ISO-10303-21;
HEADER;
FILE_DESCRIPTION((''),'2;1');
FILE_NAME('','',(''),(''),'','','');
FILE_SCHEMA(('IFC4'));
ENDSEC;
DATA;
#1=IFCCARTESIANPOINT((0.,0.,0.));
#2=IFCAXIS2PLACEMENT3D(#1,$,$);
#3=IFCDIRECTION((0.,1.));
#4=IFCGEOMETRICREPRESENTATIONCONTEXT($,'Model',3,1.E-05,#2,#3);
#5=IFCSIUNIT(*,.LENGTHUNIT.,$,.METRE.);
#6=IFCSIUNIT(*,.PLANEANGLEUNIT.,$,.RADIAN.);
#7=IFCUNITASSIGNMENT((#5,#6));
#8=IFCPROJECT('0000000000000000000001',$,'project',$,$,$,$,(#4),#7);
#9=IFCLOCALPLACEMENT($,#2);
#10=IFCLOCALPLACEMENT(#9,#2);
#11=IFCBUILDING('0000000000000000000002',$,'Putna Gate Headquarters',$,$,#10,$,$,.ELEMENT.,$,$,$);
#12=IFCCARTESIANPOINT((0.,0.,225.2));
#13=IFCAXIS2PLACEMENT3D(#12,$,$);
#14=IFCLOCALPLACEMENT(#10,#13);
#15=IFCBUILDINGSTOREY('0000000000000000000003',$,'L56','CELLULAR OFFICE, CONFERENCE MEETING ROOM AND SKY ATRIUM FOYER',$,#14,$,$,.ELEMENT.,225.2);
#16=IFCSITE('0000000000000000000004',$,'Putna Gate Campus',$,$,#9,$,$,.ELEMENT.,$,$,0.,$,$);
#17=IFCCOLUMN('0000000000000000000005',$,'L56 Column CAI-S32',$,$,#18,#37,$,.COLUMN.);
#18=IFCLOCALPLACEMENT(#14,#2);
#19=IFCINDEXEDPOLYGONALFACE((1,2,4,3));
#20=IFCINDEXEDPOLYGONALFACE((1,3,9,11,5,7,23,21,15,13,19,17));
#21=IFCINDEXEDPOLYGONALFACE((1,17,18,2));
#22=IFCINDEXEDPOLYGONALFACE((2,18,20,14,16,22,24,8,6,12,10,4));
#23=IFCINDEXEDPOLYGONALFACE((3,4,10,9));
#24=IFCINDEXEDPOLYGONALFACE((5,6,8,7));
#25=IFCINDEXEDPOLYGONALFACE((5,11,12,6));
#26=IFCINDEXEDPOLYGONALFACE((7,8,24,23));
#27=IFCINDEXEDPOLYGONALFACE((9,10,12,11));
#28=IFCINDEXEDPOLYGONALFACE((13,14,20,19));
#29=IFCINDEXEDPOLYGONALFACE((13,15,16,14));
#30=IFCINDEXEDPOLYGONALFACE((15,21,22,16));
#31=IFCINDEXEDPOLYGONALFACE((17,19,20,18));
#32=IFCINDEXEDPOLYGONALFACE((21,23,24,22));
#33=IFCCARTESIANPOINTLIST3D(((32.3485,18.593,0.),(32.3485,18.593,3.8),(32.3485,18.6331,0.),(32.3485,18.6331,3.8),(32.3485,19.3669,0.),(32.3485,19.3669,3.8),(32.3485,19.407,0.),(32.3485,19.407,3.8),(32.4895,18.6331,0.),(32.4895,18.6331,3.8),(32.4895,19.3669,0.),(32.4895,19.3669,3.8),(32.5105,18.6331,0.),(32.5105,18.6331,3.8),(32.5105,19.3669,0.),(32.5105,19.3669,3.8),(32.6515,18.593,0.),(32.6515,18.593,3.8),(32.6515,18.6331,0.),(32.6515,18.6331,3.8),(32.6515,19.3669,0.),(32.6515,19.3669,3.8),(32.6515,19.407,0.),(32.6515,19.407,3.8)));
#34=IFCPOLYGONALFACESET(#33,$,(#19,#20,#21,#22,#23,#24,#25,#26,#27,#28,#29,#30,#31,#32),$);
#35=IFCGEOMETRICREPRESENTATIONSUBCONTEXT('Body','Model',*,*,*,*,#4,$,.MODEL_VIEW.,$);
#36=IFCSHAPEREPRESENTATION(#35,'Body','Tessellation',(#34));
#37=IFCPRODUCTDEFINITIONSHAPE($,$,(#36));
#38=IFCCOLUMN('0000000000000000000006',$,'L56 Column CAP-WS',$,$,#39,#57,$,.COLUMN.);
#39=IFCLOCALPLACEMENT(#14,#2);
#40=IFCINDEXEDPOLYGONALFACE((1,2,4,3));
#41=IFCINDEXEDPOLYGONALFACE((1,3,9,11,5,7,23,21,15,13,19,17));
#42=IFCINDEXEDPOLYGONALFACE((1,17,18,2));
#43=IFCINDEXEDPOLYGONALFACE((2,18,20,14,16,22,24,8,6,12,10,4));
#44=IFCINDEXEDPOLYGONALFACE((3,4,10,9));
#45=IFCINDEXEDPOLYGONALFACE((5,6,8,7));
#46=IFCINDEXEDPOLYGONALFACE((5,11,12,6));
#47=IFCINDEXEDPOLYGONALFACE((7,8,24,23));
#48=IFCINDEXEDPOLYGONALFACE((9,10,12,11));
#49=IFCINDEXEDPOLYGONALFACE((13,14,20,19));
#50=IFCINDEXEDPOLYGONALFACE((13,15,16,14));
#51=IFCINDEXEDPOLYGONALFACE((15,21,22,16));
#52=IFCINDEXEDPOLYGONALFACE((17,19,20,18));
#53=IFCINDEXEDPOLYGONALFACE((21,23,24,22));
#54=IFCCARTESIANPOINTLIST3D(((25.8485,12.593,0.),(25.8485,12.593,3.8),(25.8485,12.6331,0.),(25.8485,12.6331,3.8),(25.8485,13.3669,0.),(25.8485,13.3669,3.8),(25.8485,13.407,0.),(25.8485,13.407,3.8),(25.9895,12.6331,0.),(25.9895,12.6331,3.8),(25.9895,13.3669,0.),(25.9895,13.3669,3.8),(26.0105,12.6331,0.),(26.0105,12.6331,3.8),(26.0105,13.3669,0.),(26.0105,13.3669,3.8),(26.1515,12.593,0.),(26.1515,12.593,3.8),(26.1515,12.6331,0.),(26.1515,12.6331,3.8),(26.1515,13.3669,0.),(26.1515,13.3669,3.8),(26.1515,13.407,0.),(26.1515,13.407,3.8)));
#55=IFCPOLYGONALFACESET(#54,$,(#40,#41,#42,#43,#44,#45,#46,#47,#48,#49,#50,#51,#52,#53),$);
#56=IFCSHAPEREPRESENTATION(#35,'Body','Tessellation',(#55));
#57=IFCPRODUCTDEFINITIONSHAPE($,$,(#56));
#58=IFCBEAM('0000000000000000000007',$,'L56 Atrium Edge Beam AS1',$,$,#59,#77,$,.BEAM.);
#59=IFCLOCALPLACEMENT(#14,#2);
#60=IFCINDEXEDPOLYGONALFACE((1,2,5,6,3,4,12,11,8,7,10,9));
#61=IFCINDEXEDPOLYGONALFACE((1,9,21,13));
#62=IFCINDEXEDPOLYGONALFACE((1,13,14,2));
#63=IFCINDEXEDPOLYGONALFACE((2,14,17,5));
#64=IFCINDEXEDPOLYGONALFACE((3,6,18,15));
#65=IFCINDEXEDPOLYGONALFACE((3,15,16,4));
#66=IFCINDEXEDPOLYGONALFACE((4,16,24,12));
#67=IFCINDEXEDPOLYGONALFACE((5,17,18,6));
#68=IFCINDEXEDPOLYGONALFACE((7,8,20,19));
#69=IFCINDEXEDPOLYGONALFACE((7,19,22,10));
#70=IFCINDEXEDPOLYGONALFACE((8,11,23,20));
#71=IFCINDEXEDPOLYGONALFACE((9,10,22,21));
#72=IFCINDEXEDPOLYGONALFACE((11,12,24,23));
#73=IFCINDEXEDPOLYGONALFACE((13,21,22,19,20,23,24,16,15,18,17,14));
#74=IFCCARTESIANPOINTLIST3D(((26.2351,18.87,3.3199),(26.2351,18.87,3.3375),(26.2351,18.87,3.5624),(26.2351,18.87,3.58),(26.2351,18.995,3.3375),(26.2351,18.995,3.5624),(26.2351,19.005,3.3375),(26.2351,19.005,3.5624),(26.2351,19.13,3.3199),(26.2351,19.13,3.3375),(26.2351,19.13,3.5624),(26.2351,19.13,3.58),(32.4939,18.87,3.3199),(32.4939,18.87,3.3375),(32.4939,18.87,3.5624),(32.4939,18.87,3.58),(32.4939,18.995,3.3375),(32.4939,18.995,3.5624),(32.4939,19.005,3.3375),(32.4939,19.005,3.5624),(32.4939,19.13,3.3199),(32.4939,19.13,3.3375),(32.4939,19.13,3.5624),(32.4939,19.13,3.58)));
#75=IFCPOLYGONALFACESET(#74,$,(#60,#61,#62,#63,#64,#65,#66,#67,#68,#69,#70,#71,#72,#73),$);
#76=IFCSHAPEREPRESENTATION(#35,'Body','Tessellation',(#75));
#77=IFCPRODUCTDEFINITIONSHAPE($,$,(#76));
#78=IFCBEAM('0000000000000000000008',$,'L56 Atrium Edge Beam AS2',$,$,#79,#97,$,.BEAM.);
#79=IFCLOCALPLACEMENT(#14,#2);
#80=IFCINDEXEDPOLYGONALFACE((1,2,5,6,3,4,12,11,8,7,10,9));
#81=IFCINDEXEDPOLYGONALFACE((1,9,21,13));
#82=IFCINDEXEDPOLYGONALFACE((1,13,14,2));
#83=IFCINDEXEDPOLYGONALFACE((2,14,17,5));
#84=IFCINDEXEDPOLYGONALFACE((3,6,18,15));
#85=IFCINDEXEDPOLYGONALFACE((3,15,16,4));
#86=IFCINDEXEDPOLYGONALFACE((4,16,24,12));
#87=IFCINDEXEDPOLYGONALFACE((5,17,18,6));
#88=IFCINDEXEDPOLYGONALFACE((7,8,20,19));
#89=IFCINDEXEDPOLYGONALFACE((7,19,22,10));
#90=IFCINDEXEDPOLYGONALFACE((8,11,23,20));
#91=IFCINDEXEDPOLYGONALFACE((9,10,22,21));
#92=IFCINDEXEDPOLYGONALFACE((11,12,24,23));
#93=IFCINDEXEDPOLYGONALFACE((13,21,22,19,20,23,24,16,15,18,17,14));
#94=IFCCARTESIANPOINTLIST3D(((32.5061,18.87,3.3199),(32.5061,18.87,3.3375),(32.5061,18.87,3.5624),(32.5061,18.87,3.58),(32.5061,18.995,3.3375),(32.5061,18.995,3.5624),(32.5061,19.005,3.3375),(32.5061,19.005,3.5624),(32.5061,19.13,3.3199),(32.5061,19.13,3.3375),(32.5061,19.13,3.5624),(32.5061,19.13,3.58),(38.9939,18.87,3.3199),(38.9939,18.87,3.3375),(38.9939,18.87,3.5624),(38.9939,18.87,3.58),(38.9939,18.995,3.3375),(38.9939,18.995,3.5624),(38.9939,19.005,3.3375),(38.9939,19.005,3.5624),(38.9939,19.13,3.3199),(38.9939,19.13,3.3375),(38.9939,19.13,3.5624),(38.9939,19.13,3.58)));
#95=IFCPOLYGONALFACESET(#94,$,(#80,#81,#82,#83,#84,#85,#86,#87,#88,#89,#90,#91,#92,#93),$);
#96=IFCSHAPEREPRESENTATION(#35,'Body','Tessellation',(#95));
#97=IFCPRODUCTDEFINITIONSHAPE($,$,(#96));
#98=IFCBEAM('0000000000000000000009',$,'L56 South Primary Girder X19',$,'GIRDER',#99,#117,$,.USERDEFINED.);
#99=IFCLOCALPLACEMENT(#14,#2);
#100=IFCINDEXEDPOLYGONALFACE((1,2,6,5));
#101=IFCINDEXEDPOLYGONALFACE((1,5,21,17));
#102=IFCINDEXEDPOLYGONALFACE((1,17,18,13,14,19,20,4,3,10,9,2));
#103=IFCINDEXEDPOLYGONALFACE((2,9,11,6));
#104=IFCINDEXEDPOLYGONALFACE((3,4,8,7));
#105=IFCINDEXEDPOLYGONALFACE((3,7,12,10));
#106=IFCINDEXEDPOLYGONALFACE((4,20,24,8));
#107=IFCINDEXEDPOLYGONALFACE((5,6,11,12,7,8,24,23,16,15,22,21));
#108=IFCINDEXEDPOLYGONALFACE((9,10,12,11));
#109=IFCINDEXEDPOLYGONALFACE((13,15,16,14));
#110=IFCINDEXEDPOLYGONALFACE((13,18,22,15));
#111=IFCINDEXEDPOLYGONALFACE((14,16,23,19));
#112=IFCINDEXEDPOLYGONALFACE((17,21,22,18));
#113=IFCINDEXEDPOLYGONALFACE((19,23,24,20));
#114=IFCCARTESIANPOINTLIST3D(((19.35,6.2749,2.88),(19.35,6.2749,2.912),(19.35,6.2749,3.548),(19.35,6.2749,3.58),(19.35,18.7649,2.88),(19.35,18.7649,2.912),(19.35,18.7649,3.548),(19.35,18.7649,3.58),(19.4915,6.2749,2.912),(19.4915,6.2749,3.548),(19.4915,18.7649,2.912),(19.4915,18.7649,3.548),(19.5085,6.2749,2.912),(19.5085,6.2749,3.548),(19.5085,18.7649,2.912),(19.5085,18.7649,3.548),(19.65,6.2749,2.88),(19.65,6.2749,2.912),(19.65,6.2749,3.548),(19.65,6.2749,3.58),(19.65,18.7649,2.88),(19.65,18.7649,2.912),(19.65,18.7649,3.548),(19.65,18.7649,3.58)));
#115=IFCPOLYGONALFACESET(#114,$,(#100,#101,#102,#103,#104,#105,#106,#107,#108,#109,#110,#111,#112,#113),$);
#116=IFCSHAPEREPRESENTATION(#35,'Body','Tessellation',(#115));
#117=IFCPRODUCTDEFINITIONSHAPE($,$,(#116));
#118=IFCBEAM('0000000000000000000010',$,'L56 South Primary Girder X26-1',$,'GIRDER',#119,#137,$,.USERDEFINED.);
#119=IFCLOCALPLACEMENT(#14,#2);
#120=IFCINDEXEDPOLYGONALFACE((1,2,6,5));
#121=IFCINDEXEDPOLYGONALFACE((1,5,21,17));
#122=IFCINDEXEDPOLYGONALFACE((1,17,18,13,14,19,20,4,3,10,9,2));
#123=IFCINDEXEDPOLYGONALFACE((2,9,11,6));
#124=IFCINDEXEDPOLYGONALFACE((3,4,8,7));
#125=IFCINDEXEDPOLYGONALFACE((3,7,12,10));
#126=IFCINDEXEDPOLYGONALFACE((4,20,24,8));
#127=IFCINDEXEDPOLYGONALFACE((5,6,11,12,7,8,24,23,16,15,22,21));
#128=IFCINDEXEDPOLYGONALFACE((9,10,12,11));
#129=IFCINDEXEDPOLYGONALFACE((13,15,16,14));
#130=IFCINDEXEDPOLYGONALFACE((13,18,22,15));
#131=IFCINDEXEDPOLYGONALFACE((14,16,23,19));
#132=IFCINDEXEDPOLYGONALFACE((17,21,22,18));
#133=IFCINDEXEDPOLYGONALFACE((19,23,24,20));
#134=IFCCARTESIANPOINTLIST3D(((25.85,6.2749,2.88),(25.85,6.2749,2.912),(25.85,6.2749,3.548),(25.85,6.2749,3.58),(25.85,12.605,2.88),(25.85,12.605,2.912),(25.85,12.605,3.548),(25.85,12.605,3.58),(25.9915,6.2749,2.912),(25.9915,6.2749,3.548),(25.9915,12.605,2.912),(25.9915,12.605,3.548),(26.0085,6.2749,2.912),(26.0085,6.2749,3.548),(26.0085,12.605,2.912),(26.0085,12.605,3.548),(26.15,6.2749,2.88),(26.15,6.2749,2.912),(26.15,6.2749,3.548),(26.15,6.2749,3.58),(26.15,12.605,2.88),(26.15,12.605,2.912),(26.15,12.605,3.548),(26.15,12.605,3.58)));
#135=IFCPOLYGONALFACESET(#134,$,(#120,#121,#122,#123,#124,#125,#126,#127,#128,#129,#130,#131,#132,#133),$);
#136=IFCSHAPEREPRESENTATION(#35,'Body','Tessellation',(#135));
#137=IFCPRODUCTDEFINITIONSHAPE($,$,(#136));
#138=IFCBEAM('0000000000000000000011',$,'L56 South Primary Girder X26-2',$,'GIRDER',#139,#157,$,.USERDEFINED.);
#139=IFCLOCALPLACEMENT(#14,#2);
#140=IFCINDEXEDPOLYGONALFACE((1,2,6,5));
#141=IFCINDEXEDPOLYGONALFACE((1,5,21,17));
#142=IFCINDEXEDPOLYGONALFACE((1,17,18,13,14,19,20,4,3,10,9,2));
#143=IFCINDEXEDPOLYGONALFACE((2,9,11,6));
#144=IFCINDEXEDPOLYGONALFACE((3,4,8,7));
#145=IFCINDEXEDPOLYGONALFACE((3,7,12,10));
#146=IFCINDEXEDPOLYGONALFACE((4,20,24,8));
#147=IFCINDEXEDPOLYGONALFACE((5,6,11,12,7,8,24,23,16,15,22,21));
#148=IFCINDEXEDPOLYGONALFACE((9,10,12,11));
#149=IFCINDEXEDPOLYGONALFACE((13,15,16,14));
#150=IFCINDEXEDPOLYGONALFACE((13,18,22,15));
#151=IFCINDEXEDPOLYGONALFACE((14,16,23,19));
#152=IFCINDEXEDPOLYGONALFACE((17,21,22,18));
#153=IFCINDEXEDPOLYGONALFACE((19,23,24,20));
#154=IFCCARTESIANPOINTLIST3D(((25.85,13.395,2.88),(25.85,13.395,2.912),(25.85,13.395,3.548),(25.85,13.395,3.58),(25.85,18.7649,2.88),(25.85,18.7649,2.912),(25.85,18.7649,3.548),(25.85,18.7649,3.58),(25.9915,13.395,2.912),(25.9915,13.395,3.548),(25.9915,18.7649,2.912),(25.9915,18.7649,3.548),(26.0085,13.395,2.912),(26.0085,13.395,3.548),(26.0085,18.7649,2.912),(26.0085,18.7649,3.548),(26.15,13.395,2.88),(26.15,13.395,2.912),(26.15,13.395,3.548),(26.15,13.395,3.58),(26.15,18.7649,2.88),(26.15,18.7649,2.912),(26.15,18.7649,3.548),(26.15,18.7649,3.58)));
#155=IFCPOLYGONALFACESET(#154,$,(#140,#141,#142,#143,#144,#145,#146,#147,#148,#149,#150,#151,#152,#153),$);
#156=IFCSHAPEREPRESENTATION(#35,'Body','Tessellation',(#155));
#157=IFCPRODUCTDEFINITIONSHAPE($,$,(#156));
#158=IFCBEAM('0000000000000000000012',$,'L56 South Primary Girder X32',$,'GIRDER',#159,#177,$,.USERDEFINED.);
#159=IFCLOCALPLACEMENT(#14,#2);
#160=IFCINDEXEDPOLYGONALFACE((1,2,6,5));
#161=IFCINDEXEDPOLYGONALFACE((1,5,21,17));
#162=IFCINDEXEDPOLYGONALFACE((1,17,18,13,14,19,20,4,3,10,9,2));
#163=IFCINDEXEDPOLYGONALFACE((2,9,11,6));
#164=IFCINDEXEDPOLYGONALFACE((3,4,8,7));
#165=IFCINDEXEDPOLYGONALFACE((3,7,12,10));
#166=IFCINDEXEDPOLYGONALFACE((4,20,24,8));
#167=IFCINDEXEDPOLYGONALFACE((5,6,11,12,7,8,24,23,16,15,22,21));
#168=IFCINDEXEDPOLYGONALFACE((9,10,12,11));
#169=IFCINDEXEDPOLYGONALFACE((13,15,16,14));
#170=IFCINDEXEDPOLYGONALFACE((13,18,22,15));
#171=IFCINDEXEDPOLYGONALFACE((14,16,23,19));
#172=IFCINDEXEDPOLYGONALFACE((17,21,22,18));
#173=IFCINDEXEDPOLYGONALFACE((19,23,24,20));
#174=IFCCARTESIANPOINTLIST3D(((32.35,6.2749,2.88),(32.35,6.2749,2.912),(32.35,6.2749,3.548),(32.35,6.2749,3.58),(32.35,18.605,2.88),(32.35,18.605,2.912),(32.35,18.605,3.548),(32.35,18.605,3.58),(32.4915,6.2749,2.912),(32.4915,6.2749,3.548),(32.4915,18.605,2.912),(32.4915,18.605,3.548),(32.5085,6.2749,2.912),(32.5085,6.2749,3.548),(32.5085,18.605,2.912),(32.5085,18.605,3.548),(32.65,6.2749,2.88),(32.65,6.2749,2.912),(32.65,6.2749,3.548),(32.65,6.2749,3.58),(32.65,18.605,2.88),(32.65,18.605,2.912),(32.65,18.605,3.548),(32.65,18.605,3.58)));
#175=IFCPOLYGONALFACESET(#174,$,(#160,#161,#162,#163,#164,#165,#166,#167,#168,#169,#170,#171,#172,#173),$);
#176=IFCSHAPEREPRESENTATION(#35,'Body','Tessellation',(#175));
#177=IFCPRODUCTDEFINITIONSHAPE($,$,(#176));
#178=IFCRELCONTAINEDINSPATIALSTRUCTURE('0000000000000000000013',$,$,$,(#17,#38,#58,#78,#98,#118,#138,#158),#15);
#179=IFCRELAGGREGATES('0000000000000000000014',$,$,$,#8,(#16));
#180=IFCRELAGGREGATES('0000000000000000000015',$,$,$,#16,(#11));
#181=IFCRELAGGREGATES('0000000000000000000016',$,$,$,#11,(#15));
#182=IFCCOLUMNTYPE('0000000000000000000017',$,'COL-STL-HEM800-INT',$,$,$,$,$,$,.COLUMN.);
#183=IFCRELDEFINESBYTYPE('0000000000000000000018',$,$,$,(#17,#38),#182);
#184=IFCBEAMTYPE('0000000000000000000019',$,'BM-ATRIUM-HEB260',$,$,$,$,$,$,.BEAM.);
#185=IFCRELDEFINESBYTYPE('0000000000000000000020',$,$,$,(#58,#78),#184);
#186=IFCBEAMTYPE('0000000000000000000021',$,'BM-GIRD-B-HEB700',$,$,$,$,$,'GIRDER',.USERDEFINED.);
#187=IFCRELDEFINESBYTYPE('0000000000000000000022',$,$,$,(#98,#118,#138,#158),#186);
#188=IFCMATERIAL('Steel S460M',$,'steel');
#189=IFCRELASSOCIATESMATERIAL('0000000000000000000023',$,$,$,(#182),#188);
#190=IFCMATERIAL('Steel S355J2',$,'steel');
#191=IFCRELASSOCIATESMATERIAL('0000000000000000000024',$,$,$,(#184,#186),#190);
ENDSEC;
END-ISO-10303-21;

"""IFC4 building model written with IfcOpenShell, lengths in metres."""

from ifc_helpers import new_model, si_unit, direction, frame, origin, origin_2d, place, context, subcontext, project, spatial, i_section, extrude, material, material_profile, profile_set, type_object, element, save


model = new_model("IFC4")

# Units and contexts
model_context = context("Model", 3, precision=1e-05, world=origin(), true_north=direction((0.0, 1.0)))
body_context = subcontext(model_context, "Body", "Model", "MODEL_VIEW")
ifc_project = project(units=[si_unit("LENGTHUNIT", "METRE"), si_unit("PLANEANGLEUNIT", "RADIAN")], contexts=[model_context])

# Site, building, storey
site_placement = place(None, origin())
site = spatial("IfcSite", under=ifc_project, at=site_placement, Name="Putna Gate Campus", CompositionType="ELEMENT", RefElevation=0.0)
building_placement = place(site_placement, origin())
building = spatial("IfcBuilding", under=site, at=building_placement, Name="Putna Gate Headquarters", CompositionType="ELEMENT")
storey_placement = place(building_placement, frame((0.0, 0.0, 225.2)))
storey = spatial("IfcBuildingStorey", under=building, at=storey_placement, Name="L56", Description="CELLULAR OFFICE, CONFERENCE MEETING ROOM AND SKY ATRIUM FOYER", CompositionType="ELEMENT", Elevation=225.2)

# Columns
ifc_material_1 = material(Name="Steel S460M", Category="steel")
ifc_material_profile_1 = material_profile(ifc_material_1, i_section(OverallWidth=0.303, OverallDepth=0.814, WebThickness=0.021, FlangeThickness=0.04, at=origin_2d()), Name="Steel S460M")
ifc_profile_set_1 = profile_set([ifc_material_profile_1], Name="Steel S460M")
column_type = type_object("IfcColumnType", Name="COL-STL-HEM800-INT", PredefinedType="COLUMN", material=ifc_profile_set_1)
for number, where, z_axis, x_axis, name in (
    (1, (32.5, 19.0, 0.0), (0.0, 0.0, 1.0), (1.0, 0.0, 0.0), "L56 Column CAI-S32"),
    (2, (26.0, 13.0, 0.0), (0.0, 0.0, 1.0), (1.0, 0.0, 0.0), "L56 Column CAP-WS"),
):
    element("IfcColumn", number, at=place(storey_placement, frame(where, z_axis=z_axis, x_axis=x_axis)), inside=storey, type_object=column_type, Name=name, PredefinedType="COLUMN", context=body_context, shape_type="SweptSolid", body=[
        extrude(i_section(OverallWidth=0.303, OverallDepth=0.814, WebThickness=0.021, FlangeThickness=0.04, at=origin_2d()), origin(), (0.0, 0.0, 1.0), 3.8),
    ])

# Beams
ifc_material_2 = material(Name="Steel S355J2", Category="steel")
ifc_material_profile_2 = material_profile(ifc_material_2, i_section(OverallWidth=0.26, OverallDepth=0.26, WebThickness=0.01, FlangeThickness=0.0176, at=origin_2d()), Name="Steel S355J2")
ifc_profile_set_2 = profile_set([ifc_material_profile_2], Name="Steel S355J2")
beam_type_1 = type_object("IfcBeamType", Name="BM-ATRIUM-HEB260", PredefinedType="BEAM", material=ifc_profile_set_2)
beam_1_placement = place(storey_placement, frame((26.2351, 19.0, 3.45), z_axis=(1.0, 0.0, 0.0), x_axis=(0.0, 1.0, 0.0)))
element("IfcBeam", 3, at=beam_1_placement, inside=storey, type_object=beam_type_1, Name="L56 Atrium Edge Beam AS1", PredefinedType="BEAM", context=body_context, shape_type="SweptSolid", body=[
    extrude(i_section(OverallWidth=0.26, OverallDepth=0.26, WebThickness=0.01, FlangeThickness=0.0176, at=origin_2d()), origin(), (0.0, 0.0, 1.0), 6.2588),
])
beam_2_placement = place(storey_placement, frame((32.5061, 19.0, 3.45), z_axis=(1.0, 0.0, 0.0), x_axis=(0.0, 1.0, 0.0)))
element("IfcBeam", 4, at=beam_2_placement, inside=storey, type_object=beam_type_1, Name="L56 Atrium Edge Beam AS2", PredefinedType="BEAM", context=body_context, shape_type="SweptSolid", body=[
    extrude(i_section(OverallWidth=0.26, OverallDepth=0.26, WebThickness=0.01, FlangeThickness=0.0176, at=origin_2d()), origin(), (0.0, 0.0, 1.0), 6.4878),
])
ifc_material_profile_3 = material_profile(ifc_material_2, i_section(OverallWidth=0.3, OverallDepth=0.7, WebThickness=0.0171, FlangeThickness=0.032, at=origin_2d()), Name="Steel S355J2")
ifc_profile_set_3 = profile_set([ifc_material_profile_3], Name="Steel S355J2")
beam_type_2 = type_object("IfcBeamType", Name="BM-GIRD-B-HEB700", ElementType="GIRDER", PredefinedType="USERDEFINED", material=ifc_profile_set_3)
beam_3_placement = place(storey_placement, frame((19.5, 6.2749, 3.23), z_axis=(0.0, 1.0, 0.0), x_axis=(-1.0, 0.0, 0.0)))
element("IfcBeam", 5, at=beam_3_placement, inside=storey, type_object=beam_type_2, Name="L56 South Primary Girder X19", ObjectType="GIRDER", PredefinedType="USERDEFINED", context=body_context, shape_type="SweptSolid", body=[
    extrude(i_section(OverallWidth=0.3, OverallDepth=0.7, WebThickness=0.0171, FlangeThickness=0.032, at=origin_2d()), origin(), (0.0, 0.0, 1.0), 12.49),
])
beam_4_placement = place(storey_placement, frame((26.0, 6.2749, 3.23), z_axis=(0.0, 1.0, 0.0), x_axis=(-1.0, 0.0, 0.0)))
element("IfcBeam", 6, at=beam_4_placement, inside=storey, type_object=beam_type_2, Name="L56 South Primary Girder X26-1", ObjectType="GIRDER", PredefinedType="USERDEFINED", context=body_context, shape_type="SweptSolid", body=[
    extrude(i_section(OverallWidth=0.3, OverallDepth=0.7, WebThickness=0.0171, FlangeThickness=0.032, at=origin_2d()), origin(), (0.0, 0.0, 1.0), 6.3301),
])
beam_5_placement = place(storey_placement, frame((26.0, 13.395, 3.23), z_axis=(0.0, 1.0, 0.0), x_axis=(-1.0, 0.0, 0.0)))
element("IfcBeam", 7, at=beam_5_placement, inside=storey, type_object=beam_type_2, Name="L56 South Primary Girder X26-2", ObjectType="GIRDER", PredefinedType="USERDEFINED", context=body_context, shape_type="SweptSolid", body=[
    extrude(i_section(OverallWidth=0.3, OverallDepth=0.7, WebThickness=0.0171, FlangeThickness=0.032, at=origin_2d()), origin(), (0.0, 0.0, 1.0), 5.3699),
])
beam_6_placement = place(storey_placement, frame((32.5, 6.2749, 3.23), z_axis=(0.0, 1.0, 0.0), x_axis=(-1.0, 0.0, 0.0)))
element("IfcBeam", 8, at=beam_6_placement, inside=storey, type_object=beam_type_2, Name="L56 South Primary Girder X32", ObjectType="GIRDER", PredefinedType="USERDEFINED", context=body_context, shape_type="SweptSolid", body=[
    extrude(i_section(OverallWidth=0.3, OverallDepth=0.7, WebThickness=0.0171, FlangeThickness=0.032, at=origin_2d()), origin(), (0.0, 0.0, 1.0), 12.3301),
])

save(model, "model.ifc")
